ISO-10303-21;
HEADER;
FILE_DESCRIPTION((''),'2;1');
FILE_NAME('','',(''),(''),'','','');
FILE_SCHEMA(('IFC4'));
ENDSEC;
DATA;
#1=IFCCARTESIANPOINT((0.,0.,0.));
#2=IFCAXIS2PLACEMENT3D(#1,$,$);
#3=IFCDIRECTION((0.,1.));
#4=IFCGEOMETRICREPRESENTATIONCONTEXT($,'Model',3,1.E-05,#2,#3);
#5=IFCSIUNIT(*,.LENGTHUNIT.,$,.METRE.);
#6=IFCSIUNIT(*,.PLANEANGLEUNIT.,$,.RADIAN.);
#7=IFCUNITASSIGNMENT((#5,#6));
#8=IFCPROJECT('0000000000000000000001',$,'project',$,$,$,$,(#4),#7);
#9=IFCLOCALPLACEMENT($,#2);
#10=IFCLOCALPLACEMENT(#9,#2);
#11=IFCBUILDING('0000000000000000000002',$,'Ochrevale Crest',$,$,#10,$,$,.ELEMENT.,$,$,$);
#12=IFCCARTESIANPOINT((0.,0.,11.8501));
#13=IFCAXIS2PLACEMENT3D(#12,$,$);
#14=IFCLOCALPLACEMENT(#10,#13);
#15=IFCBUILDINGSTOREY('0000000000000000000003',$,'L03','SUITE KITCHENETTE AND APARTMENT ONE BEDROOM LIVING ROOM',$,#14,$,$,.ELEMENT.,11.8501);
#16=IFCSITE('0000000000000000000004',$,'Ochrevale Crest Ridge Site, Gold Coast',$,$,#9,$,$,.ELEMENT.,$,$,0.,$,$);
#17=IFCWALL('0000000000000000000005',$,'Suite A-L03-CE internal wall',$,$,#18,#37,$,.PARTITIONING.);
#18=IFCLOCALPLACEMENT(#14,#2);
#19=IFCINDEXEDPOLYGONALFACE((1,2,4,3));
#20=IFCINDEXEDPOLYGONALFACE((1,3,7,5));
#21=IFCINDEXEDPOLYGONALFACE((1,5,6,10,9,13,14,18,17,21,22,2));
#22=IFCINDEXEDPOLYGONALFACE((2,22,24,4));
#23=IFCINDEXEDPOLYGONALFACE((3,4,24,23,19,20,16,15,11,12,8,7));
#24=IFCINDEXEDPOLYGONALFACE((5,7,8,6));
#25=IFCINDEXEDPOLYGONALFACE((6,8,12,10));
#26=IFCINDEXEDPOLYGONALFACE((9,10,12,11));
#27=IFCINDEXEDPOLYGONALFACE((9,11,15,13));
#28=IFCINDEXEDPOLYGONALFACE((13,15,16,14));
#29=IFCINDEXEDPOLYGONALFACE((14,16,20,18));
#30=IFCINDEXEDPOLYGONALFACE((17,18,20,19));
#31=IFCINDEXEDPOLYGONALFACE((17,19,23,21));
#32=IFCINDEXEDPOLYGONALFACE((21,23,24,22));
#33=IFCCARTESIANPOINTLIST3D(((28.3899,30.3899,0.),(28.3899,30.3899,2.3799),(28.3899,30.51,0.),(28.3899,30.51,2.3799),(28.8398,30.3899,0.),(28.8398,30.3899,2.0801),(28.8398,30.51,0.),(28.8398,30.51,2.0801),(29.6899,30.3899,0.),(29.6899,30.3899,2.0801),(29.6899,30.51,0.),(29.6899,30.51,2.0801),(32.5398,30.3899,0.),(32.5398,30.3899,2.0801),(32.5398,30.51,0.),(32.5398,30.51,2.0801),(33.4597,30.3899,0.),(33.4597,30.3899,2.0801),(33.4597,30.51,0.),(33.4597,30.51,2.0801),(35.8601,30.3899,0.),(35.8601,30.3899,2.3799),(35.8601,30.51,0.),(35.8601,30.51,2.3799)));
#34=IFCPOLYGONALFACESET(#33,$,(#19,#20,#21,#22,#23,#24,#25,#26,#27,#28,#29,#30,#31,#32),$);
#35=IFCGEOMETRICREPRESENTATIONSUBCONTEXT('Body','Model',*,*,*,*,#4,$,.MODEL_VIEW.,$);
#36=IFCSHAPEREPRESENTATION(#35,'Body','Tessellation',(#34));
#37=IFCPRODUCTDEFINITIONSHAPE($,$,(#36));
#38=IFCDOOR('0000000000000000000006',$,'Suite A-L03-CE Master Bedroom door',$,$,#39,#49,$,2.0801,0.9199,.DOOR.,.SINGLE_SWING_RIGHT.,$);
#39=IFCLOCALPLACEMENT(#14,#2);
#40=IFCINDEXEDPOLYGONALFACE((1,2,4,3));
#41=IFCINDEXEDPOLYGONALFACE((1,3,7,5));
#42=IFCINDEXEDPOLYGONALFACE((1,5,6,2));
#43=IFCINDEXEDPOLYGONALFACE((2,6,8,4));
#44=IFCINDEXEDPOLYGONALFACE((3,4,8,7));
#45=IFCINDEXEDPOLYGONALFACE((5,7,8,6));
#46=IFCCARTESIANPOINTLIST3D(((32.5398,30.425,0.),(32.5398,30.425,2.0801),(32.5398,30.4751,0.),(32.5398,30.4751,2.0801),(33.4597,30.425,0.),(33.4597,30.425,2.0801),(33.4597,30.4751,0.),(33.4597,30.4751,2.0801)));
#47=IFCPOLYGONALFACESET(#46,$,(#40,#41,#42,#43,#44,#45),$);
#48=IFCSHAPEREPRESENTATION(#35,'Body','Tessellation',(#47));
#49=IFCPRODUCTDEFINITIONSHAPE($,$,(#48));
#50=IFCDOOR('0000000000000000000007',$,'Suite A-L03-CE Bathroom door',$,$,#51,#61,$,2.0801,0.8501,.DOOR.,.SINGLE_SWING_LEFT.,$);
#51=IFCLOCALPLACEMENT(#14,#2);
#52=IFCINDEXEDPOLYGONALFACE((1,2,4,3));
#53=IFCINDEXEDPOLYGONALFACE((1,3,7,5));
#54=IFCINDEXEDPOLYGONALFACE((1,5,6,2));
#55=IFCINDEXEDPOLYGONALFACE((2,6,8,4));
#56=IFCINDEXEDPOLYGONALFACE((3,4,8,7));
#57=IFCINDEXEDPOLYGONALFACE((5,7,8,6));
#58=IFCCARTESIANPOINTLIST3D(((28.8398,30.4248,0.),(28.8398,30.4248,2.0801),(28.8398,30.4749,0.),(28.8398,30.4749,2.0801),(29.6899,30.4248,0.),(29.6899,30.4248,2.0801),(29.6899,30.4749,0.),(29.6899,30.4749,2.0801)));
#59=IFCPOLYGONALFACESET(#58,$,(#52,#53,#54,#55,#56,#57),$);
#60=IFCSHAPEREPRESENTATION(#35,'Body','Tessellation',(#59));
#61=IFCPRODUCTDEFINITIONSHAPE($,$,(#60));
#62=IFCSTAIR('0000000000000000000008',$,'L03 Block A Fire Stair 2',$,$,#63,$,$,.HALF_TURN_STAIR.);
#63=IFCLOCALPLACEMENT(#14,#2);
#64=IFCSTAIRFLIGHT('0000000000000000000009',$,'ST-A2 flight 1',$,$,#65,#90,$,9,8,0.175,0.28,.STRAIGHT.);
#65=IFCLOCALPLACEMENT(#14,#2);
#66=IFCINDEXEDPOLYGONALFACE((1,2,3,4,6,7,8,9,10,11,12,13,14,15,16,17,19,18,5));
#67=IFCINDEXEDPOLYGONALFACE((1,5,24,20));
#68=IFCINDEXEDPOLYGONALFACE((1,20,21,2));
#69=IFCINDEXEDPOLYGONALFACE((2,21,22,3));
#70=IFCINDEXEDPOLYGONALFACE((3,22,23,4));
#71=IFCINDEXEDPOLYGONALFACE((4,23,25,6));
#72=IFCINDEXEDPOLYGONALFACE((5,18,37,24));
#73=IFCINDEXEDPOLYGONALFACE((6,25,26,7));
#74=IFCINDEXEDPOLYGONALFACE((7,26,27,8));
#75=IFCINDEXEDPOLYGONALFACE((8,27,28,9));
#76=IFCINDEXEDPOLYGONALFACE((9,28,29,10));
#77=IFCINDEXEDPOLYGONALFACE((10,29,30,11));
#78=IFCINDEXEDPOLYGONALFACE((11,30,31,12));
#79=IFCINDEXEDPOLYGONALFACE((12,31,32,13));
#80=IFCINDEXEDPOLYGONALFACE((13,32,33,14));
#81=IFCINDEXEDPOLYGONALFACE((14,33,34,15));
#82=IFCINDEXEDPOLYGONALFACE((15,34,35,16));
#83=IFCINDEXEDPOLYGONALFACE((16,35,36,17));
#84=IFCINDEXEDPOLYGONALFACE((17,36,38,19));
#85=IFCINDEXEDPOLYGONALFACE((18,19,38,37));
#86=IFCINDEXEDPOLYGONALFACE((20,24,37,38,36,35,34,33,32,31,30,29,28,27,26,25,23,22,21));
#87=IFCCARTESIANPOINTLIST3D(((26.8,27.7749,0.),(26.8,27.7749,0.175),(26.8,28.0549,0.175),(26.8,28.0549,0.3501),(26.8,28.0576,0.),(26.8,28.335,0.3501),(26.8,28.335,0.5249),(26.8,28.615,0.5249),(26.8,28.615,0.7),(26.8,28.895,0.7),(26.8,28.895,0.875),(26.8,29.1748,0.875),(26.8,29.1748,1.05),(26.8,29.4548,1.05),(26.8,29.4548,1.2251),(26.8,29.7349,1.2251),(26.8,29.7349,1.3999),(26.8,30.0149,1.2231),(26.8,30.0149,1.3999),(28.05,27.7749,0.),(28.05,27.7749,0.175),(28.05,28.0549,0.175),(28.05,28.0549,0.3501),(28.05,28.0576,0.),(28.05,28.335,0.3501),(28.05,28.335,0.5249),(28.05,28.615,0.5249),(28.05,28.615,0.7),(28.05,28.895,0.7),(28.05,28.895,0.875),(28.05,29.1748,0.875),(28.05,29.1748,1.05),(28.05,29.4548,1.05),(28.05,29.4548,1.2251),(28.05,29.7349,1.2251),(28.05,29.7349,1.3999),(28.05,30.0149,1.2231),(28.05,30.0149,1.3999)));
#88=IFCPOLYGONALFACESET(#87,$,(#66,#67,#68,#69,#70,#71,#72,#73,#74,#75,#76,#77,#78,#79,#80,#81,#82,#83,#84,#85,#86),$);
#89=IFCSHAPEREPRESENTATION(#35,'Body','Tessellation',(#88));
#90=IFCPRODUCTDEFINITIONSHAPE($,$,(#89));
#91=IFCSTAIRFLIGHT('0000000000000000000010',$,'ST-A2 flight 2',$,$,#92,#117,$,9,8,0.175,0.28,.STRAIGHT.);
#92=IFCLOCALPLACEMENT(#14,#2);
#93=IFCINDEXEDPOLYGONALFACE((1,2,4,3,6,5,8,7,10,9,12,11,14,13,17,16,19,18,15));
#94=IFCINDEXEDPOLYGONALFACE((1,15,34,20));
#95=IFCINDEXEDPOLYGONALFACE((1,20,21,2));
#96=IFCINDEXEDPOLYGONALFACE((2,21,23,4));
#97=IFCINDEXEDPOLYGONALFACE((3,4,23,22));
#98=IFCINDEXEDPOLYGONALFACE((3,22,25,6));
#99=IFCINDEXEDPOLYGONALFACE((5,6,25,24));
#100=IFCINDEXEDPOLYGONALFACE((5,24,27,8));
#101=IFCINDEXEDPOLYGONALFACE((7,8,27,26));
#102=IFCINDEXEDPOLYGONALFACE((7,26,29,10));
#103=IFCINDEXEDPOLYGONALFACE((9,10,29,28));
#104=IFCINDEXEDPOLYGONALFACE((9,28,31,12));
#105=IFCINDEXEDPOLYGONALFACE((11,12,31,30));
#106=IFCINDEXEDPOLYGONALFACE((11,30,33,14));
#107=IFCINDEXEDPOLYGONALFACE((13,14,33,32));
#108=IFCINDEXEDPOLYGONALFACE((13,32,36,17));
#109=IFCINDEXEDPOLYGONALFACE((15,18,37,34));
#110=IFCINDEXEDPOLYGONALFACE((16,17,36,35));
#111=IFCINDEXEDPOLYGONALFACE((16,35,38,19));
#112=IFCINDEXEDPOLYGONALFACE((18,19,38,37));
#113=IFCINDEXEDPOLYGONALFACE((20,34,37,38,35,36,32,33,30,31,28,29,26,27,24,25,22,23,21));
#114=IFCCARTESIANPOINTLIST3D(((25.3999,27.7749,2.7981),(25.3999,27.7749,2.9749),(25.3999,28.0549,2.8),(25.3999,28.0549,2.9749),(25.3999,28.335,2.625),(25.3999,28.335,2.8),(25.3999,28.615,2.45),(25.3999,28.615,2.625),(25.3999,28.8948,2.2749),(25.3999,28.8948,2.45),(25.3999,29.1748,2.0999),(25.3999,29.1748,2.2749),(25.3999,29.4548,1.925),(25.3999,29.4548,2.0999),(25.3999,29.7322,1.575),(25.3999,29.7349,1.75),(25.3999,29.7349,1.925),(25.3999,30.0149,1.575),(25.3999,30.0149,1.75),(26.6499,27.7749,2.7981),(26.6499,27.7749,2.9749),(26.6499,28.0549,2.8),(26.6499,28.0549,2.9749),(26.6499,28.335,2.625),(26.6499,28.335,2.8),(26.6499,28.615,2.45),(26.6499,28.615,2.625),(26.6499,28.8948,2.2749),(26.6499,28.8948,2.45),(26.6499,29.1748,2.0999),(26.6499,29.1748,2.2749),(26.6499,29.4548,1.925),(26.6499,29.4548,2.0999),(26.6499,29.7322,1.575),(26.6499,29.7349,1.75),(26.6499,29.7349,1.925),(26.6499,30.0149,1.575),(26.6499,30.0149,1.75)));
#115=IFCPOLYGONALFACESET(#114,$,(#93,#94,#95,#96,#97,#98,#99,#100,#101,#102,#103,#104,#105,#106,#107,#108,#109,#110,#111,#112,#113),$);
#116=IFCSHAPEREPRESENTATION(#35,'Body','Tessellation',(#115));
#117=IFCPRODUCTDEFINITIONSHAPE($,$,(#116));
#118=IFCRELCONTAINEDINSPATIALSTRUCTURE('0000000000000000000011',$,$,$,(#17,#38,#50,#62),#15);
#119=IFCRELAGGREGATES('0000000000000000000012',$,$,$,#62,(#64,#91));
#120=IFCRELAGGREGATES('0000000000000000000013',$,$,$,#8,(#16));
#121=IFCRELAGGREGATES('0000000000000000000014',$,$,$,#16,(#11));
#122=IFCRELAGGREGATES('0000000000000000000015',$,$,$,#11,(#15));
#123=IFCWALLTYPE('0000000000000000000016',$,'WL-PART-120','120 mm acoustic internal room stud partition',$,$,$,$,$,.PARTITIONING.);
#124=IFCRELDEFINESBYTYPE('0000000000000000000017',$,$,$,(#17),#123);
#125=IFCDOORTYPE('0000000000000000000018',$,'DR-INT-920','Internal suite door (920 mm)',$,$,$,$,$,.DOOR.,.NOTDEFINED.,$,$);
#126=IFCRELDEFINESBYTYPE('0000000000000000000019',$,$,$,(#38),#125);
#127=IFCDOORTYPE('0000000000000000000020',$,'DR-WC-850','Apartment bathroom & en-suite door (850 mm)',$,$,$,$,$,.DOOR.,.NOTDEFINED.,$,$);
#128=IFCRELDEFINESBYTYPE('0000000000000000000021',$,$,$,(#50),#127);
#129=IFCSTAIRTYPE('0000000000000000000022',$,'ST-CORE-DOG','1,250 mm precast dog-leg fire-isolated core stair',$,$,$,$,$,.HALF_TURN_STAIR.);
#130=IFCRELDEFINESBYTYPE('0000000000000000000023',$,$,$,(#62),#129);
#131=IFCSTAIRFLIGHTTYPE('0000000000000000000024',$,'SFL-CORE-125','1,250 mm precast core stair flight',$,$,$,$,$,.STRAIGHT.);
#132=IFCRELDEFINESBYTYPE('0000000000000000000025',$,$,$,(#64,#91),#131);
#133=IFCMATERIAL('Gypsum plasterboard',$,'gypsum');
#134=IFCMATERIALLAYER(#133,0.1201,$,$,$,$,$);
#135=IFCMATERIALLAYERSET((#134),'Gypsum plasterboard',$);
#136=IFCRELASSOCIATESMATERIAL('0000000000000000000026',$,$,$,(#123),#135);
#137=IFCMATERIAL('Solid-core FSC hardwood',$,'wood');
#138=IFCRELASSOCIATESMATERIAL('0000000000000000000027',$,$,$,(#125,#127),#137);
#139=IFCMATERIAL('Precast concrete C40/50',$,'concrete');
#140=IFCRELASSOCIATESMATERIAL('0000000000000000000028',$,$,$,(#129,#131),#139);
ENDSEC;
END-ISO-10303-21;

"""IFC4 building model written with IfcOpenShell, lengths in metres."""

from ifc_helpers import new_model, si_unit, direction, frame, frame_2d, origin, place, context, subcontext, project, spatial, polyline, rectangle, outline, extrude, material, layer, layer_set, type_object, element, fill, aggregate, save


model = new_model("IFC4")

# Units and contexts
model_context = context("Model", 3, precision=1e-05, world=origin(), true_north=direction((0.0, 1.0)))
body_context = subcontext(model_context, "Body", "Model", "MODEL_VIEW")
ifc_project = project(units=[si_unit("LENGTHUNIT", "METRE"), si_unit("PLANEANGLEUNIT", "RADIAN")], contexts=[model_context])

# Site, building, storey
site_placement = place(None, origin())
site = spatial("IfcSite", under=ifc_project, at=site_placement, Name="Ochrevale Crest Ridge Site, Gold Coast", CompositionType="ELEMENT", RefElevation=0.0)
building_placement = place(site_placement, origin())
building = spatial("IfcBuilding", under=site, at=building_placement, Name="Ochrevale Crest", CompositionType="ELEMENT")
storey_placement = place(building_placement, frame((0.0, 0.0, 11.8501)))
storey = spatial("IfcBuildingStorey", under=building, at=storey_placement, Name="L03", Description="SUITE KITCHENETTE AND APARTMENT ONE BEDROOM LIVING ROOM", CompositionType="ELEMENT", Elevation=11.8501)

# Shared definitions
ifc_material_1 = material(Name="Precast concrete C40/50", Category="concrete")

# Shared definitions
ifc_material_2 = material(Name="Solid-core FSC hardwood", Category="wood")

# Wall, openings, doors
ifc_material_3 = material(Name="Gypsum plasterboard", Category="gypsum")
ifc_layer_1 = layer(ifc_material_3, 0.1201)
ifc_layer_set_1 = layer_set([ifc_layer_1], Name="Gypsum plasterboard")
wall_type_1 = type_object("IfcWallType", Name="WL-PART-120", Description="120 mm acoustic internal room stud partition", PredefinedType="PARTITIONING", material=ifc_layer_set_1)
wall_1_placement = place(storey_placement, frame((28.3899, 30.45, 0.0), z_axis=(0.0, 0.0, 1.0), x_axis=(1.0, 0.0, 0.0)))
wall_1 = element("IfcWall", 1, at=wall_1_placement, inside=storey, type_object=wall_type_1, Name="Suite A-L03-CE internal wall", PredefinedType="PARTITIONING", context=body_context, shape_type="SweptSolid", body=[
    extrude(rectangle(XDim=7.4702, YDim=0.1201, at=frame_2d((3.7351, 0.0))), origin(), (0.0, 0.0, 1.0), 2.3799),
])
opening_1_placement = place(wall_1_placement, frame((0.45, 0.0, 0.0)))
opening_1 = element("IfcOpeningElement", 2, at=opening_1_placement, cuts=wall_1, PredefinedType="OPENING", context=body_context, shape_type="SweptSolid", body=[
    extrude(rectangle(XDim=0.8501, YDim=2.0801, at=frame_2d((0.425, 1.04))), frame((0.0, 0.0701, 0.0), z_axis=(0.0, -1.0, 0.0), x_axis=(1.0, 0.0, 0.0)), (0.0, 0.0, 1.0), 0.1401),
])
opening_2_placement = place(wall_1_placement, frame((5.0698, 0.0, 0.0), z_axis=(0.0, 0.0, 1.0), x_axis=(-1.0, 0.0, 0.0)))
opening_2 = element("IfcOpeningElement", 3, at=opening_2_placement, cuts=wall_1, PredefinedType="OPENING", context=body_context, shape_type="SweptSolid", body=[
    extrude(rectangle(XDim=0.9199, YDim=2.0801, at=frame_2d((0.46, 1.04))), frame((0.0, 0.0701, 0.0), z_axis=(0.0, -1.0, 0.0), x_axis=(1.0, 0.0, 0.0)), (0.0, 0.0, 1.0), 0.1401),
])
door_type_1 = type_object("IfcDoorType", Name="DR-INT-920", Description="Internal suite door (920 mm)", OperationType="NOTDEFINED", PredefinedType="DOOR", material=ifc_material_2)
door_1_placement = place(opening_2_placement, origin())
door_1 = element("IfcDoor", 4, at=door_1_placement, inside=storey, type_object=door_type_1, Name="Suite A-L03-CE Master Bedroom door", OperationType="SINGLE_SWING_RIGHT", OverallHeight=2.0801, OverallWidth=0.9199, PredefinedType="DOOR", context=body_context, shape_type="SweptSolid", body=[
    extrude(rectangle(XDim=0.9199, YDim=2.0801, at=frame_2d((0.46, 1.04))), frame((0.0, 0.0249, 0.0), z_axis=(0.0, -1.0, 0.0), x_axis=(1.0, 0.0, 0.0)), (0.0, 0.0, 1.0), 0.05),
])
fill(opening_2, door_1)
door_type_2 = type_object("IfcDoorType", Name="DR-WC-850", Description="Apartment bathroom & en-suite door (850 mm)", OperationType="NOTDEFINED", PredefinedType="DOOR", material=ifc_material_2)
door_2_placement = place(opening_1_placement, origin())
door_2 = element("IfcDoor", 5, at=door_2_placement, inside=storey, type_object=door_type_2, Name="Suite A-L03-CE Bathroom door", OperationType="SINGLE_SWING_LEFT", OverallHeight=2.0801, OverallWidth=0.8501, PredefinedType="DOOR", context=body_context, shape_type="SweptSolid", body=[
    extrude(rectangle(XDim=0.8501, YDim=2.0801, at=frame_2d((0.425, 1.04))), frame((0.0, 0.0249, 0.0), z_axis=(0.0, -1.0, 0.0), x_axis=(1.0, 0.0, 0.0)), (0.0, 0.0, 1.0), 0.05),
])
fill(opening_1, door_2)

# Stair, stair flights
stair_type = type_object("IfcStairType", Name="ST-CORE-DOG", Description="1,250 mm precast dog-leg fire-isolated core stair", PredefinedType="HALF_TURN_STAIR", material=ifc_material_1)
stair_placement = place(storey_placement, origin())
stair = element("IfcStair", 6, at=stair_placement, inside=storey, type_object=stair_type, Name="L03 Block A Fire Stair 2", PredefinedType="HALF_TURN_STAIR")
stair_flight_type = type_object("IfcStairFlightType", Name="SFL-CORE-125", Description="1,250 mm precast core stair flight", PredefinedType="STRAIGHT", material=ifc_material_1)
stair_flight_1_placement = place(storey_placement, frame((27.425, 27.7749, 0.0), z_axis=(0.0, 0.0, 1.0), x_axis=(0.0, 1.0, 0.0)))
stair_flight_1 = element("IfcStairFlight", 7, at=stair_flight_1_placement, type_object=stair_flight_type, Name="ST-A2 flight 1", NumberOfRisers=9, NumberOfTreads=8, PredefinedType="STRAIGHT", RiserHeight=0.175, TreadLength=0.28, context=body_context, shape_type="SweptSolid", body=[
    extrude(outline(polyline([(0.0, 0.0), (0.0, 0.175), (0.28, 0.175), (0.28, 0.3501), (0.5601, 0.3501), (0.5601, 0.5249), (0.8401, 0.5249), (0.8401, 0.7), (1.1201, 0.7), (1.1201, 0.875), (1.3999, 0.875), (1.3999, 1.05), (1.6799, 1.05), (1.6799, 1.2251), (1.96, 1.2251), (1.96, 1.3999), (2.24, 1.3999), (2.24, 1.575), (2.24, 1.2231), (0.2827, 0.0), (0.0, 0.0)])), frame((0.0, 0.625, 0.0), z_axis=(0.0, -1.0, 0.0), x_axis=(1.0, 0.0, 0.0)), (0.0, 0.0, 1.0), 1.25),
])
stair_flight_2_placement = place(storey_placement, frame((26.0249, 30.0149, 1.575), z_axis=(0.0, 0.0, 1.0), x_axis=(0.0, -1.0, 0.0)))
stair_flight_2 = element("IfcStairFlight", 8, at=stair_flight_2_placement, type_object=stair_flight_type, Name="ST-A2 flight 2", NumberOfRisers=9, NumberOfTreads=8, PredefinedType="STRAIGHT", RiserHeight=0.175, TreadLength=0.28, context=body_context, shape_type="SweptSolid", body=[
    extrude(outline(polyline([(0.0, 0.0), (0.0, 0.175), (0.28, 0.175), (0.28, 0.3501), (0.5601, 0.3501), (0.5601, 0.5249), (0.8401, 0.5249), (0.8401, 0.7), (1.1201, 0.7), (1.1201, 0.875), (1.3999, 0.875), (1.3999, 1.05), (1.6799, 1.05), (1.6799, 1.2251), (1.96, 1.2251), (1.96, 1.3999), (2.24, 1.3999), (2.24, 1.575), (2.24, 1.2231), (0.2827, 0.0), (0.0, 0.0)])), frame((0.0, 0.625, 0.0), z_axis=(0.0, -1.0, 0.0), x_axis=(1.0, 0.0, 0.0)), (0.0, 0.0, 1.0), 1.25),
])
aggregate(stair, [stair_flight_1, stair_flight_2])

save(model, "model.ifc")
